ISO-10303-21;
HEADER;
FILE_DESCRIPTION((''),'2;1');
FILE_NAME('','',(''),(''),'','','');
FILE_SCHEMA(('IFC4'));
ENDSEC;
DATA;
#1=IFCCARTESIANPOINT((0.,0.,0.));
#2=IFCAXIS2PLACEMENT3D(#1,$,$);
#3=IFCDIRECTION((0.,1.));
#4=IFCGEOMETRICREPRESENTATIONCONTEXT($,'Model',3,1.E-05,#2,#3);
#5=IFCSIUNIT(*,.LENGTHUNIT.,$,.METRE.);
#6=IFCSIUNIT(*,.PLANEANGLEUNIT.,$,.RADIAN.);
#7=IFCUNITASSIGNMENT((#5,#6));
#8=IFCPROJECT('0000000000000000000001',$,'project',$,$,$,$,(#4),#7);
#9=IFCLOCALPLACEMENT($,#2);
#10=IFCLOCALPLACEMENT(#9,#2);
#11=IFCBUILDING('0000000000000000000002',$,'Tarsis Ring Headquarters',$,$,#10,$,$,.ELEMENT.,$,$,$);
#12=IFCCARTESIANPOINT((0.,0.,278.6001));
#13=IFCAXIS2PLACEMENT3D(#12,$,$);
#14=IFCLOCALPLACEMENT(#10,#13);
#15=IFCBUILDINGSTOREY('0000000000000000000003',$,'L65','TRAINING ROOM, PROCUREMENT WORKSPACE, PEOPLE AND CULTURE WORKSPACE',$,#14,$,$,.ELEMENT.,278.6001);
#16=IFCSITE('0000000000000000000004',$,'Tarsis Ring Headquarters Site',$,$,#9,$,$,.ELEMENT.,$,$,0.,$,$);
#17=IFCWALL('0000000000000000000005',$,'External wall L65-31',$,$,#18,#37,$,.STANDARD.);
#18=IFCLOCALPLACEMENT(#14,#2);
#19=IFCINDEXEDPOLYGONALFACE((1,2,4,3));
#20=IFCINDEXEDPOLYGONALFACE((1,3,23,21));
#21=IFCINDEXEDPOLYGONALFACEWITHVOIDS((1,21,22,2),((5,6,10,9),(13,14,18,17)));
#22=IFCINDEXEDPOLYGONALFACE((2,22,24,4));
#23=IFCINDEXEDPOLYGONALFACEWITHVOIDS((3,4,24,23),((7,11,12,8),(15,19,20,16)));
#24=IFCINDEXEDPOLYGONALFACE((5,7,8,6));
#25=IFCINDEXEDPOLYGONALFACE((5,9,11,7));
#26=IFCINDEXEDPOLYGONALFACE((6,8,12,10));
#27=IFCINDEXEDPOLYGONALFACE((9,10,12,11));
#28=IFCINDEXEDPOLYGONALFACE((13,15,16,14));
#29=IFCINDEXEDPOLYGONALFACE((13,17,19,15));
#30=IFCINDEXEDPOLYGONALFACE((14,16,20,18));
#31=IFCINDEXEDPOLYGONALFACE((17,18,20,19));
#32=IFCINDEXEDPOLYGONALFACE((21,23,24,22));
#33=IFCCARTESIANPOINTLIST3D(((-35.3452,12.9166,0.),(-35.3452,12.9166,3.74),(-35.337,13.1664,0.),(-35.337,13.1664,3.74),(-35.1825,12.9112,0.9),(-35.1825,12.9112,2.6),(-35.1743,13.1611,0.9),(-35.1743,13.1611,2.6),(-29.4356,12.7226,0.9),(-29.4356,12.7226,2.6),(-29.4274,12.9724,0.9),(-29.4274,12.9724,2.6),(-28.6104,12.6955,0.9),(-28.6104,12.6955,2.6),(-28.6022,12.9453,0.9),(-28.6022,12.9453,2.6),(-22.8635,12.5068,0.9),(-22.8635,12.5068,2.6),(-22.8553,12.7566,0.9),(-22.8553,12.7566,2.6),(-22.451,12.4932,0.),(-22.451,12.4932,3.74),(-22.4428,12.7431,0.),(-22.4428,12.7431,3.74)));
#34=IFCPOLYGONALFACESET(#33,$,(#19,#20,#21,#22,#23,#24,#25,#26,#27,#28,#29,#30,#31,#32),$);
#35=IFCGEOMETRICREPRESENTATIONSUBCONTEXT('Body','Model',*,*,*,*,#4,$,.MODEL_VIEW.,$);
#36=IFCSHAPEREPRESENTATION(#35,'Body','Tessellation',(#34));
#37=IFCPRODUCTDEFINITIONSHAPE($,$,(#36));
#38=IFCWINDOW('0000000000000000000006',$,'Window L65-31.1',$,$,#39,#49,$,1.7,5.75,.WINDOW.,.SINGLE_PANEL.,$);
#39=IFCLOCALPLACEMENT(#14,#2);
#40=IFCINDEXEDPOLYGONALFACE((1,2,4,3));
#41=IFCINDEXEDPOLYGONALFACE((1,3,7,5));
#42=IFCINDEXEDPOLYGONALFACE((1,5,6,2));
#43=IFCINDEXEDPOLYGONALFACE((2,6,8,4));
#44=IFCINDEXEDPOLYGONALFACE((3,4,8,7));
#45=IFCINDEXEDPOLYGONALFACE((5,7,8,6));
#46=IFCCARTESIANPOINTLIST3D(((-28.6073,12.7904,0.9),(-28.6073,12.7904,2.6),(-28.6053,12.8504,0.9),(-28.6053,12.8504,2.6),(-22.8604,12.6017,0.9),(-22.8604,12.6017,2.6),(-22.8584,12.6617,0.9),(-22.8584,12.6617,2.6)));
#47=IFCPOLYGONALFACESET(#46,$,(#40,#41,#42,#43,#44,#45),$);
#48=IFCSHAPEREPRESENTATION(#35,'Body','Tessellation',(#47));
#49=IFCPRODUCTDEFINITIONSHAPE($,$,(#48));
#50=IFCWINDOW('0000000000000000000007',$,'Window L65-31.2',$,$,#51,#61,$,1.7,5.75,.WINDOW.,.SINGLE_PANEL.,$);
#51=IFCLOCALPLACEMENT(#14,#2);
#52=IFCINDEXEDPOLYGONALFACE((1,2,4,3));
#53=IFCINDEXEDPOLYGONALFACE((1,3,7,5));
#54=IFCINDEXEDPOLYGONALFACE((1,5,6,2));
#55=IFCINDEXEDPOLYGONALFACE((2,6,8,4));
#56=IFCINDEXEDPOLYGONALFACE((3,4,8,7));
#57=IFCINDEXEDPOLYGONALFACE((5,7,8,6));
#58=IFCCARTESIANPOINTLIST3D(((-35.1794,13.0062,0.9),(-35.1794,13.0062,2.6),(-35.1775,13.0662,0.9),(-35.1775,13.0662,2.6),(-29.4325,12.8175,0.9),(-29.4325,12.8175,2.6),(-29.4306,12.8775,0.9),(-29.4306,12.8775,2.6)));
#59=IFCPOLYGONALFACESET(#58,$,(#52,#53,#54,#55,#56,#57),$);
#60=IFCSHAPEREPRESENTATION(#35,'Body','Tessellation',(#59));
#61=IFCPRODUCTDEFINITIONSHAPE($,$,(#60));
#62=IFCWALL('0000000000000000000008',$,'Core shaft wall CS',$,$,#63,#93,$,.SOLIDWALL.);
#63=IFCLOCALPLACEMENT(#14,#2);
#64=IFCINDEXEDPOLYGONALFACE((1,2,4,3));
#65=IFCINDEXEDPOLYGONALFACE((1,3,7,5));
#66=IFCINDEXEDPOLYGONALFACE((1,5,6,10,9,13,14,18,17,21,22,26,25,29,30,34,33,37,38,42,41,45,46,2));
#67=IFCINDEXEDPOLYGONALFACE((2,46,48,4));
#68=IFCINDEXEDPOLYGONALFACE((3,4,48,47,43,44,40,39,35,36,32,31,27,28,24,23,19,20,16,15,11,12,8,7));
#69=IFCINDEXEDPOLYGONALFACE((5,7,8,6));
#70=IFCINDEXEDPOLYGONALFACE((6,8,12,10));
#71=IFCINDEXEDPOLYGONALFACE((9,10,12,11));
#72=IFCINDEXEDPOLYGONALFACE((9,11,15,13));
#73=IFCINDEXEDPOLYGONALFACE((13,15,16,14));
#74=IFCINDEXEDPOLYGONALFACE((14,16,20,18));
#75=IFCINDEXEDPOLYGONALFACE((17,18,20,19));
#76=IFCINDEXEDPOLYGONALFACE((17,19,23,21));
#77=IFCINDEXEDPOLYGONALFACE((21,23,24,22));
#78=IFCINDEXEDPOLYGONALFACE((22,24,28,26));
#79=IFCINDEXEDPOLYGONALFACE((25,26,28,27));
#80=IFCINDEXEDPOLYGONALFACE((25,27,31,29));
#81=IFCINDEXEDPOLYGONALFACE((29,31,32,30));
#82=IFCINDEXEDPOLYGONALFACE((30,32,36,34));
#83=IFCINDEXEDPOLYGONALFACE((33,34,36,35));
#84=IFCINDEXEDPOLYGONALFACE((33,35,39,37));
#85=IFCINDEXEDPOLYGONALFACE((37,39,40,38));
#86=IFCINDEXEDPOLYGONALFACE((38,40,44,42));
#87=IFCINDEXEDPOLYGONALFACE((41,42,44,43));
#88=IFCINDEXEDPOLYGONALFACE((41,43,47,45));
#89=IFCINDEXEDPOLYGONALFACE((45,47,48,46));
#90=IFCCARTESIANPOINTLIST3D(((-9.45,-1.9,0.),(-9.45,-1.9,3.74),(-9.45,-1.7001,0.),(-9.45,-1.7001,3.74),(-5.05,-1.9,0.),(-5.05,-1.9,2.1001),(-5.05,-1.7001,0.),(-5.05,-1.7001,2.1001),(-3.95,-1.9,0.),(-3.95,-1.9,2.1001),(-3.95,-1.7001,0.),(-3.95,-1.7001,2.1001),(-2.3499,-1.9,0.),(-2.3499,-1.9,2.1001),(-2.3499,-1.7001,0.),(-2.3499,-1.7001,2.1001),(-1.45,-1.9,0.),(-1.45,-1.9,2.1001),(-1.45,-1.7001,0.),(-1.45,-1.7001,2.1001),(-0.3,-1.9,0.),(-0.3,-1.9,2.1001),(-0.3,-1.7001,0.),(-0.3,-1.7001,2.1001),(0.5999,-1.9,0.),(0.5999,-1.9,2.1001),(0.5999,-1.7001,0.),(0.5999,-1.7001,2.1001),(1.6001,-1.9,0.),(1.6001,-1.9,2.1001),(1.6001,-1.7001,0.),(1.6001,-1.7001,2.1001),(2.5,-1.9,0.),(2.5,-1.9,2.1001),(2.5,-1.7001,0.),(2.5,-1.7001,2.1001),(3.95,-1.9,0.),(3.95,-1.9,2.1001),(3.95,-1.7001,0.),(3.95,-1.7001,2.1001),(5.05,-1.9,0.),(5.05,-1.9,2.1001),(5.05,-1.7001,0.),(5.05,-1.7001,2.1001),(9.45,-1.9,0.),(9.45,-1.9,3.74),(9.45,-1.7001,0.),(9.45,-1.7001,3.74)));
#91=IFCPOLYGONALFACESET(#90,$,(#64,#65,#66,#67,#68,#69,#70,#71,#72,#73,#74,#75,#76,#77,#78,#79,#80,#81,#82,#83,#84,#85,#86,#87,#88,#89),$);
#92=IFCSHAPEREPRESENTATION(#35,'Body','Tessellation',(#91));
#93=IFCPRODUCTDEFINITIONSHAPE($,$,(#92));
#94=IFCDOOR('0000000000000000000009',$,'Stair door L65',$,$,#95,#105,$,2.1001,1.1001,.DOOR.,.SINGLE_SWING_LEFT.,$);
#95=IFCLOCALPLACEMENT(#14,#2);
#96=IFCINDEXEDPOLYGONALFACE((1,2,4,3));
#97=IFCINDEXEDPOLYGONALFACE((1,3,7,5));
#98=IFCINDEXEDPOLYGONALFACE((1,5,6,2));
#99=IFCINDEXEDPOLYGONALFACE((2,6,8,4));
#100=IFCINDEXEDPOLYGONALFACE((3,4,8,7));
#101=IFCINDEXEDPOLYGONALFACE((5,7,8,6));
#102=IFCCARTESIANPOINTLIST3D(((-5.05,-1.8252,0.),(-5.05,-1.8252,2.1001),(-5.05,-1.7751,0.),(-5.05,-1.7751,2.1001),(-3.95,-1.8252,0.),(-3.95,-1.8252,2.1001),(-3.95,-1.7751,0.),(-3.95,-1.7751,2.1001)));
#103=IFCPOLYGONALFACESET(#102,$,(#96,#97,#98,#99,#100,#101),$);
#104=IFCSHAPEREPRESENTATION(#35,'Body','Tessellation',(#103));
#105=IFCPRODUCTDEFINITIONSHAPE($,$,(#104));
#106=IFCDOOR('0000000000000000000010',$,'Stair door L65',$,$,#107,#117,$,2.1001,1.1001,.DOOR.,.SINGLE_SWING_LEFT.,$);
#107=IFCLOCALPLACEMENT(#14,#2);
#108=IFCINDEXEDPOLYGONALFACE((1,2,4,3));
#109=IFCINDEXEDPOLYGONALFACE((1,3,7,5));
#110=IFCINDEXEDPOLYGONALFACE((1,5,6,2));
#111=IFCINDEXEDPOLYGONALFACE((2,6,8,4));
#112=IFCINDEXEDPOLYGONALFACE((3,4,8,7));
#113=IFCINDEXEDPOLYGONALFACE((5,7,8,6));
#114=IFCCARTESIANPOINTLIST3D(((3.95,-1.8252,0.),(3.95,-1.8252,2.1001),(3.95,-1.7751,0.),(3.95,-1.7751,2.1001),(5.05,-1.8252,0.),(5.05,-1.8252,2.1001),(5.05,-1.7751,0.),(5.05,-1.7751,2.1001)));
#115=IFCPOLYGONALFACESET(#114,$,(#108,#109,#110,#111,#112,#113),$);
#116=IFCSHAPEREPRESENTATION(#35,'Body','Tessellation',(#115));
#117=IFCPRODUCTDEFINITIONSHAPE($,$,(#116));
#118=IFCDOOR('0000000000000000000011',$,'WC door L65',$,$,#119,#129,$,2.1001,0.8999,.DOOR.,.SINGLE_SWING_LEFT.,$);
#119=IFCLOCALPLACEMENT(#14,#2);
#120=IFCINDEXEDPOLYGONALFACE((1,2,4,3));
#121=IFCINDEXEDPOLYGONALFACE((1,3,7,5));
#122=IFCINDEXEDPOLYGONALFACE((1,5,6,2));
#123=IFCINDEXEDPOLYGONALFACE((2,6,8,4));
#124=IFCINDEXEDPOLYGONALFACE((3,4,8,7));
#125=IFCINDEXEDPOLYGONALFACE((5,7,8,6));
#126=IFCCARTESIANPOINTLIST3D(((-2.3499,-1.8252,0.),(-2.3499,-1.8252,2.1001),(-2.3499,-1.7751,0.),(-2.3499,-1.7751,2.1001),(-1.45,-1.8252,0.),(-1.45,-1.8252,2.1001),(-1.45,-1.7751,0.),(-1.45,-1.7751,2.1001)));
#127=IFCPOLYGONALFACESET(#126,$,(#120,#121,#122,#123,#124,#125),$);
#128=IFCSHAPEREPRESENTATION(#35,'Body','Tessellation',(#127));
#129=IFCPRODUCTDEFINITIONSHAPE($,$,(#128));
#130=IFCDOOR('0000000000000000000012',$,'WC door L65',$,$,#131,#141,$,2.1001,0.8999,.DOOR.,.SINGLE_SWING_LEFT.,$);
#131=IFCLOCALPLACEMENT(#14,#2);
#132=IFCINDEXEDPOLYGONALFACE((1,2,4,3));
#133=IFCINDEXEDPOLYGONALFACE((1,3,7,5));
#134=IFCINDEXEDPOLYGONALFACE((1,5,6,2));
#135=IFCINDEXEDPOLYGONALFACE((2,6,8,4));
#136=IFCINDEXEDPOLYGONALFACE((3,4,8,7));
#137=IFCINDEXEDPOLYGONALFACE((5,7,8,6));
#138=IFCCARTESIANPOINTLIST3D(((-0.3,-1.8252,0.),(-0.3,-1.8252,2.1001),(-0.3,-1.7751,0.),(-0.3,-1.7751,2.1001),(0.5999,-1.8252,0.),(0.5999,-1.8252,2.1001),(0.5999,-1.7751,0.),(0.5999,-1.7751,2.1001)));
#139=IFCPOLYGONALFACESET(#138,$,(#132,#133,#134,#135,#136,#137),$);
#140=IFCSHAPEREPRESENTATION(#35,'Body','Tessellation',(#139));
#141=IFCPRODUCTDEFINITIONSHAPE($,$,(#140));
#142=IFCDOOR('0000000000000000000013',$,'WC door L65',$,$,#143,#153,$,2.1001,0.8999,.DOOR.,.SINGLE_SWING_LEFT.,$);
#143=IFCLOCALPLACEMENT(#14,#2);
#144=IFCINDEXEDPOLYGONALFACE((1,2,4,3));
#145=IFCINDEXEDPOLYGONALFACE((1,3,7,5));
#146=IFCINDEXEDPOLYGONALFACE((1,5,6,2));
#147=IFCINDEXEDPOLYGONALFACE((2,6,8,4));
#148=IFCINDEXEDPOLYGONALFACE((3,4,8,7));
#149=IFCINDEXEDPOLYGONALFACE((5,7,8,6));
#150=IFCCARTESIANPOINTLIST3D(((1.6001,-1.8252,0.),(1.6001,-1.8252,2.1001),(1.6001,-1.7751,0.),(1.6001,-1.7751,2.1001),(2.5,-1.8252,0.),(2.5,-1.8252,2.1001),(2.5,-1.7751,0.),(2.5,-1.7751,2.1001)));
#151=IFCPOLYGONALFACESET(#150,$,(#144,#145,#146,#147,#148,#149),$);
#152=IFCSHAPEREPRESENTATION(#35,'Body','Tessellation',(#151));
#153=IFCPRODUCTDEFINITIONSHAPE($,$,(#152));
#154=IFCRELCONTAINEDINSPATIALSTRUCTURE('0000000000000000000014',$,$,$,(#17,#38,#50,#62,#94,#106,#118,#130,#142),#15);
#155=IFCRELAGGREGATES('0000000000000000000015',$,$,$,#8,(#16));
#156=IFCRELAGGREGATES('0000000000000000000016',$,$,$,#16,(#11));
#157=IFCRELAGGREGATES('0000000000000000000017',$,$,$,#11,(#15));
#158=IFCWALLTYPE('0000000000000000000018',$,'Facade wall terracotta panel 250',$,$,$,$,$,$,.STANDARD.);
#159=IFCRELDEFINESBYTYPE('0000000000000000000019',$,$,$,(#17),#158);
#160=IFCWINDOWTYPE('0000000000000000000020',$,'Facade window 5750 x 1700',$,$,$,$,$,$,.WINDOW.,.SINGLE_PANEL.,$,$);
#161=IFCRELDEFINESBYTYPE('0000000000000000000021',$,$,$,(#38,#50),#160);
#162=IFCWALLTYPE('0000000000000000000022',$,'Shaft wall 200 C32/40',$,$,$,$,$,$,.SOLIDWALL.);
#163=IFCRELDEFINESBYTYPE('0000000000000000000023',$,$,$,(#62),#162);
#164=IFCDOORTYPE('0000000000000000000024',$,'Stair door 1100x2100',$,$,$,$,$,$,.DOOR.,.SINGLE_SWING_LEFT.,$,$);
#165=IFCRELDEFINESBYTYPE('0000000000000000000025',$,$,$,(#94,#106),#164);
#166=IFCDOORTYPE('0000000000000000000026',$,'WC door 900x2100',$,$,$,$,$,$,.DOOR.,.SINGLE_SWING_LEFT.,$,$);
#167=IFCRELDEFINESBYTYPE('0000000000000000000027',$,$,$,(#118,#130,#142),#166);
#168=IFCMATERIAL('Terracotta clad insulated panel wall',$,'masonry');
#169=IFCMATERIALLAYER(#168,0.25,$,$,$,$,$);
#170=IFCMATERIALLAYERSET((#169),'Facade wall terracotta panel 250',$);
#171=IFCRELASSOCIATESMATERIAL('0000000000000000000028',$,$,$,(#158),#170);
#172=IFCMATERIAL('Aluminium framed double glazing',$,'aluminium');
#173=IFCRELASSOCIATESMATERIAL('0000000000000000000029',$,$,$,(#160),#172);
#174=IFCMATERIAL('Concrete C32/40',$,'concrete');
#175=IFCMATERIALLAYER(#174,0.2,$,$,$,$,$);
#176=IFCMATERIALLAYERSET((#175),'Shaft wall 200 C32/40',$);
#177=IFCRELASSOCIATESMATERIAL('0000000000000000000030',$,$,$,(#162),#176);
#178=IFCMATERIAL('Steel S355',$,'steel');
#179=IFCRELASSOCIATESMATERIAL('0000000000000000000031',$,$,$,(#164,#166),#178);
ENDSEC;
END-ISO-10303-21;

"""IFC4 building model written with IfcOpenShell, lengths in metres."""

from ifc_helpers import new_model, si_unit, direction, frame, frame_2d, origin, place, context, subcontext, project, spatial, rectangle, extrude, material, layer, layer_set, type_object, element, fill, save


model = new_model("IFC4")

# Units and contexts
model_context = context("Model", 3, precision=1e-05, world=origin(), true_north=direction((0.0, 1.0)))
body_context = subcontext(model_context, "Body", "Model", "MODEL_VIEW")
ifc_project = project(units=[si_unit("LENGTHUNIT", "METRE"), si_unit("PLANEANGLEUNIT", "RADIAN")], contexts=[model_context])

# Site, building, storey
site_placement = place(None, origin())
site = spatial("IfcSite", under=ifc_project, at=site_placement, Name="Tarsis Ring Headquarters Site", CompositionType="ELEMENT", RefElevation=0.0)
building_placement = place(site_placement, origin())
building = spatial("IfcBuilding", under=site, at=building_placement, Name="Tarsis Ring Headquarters", CompositionType="ELEMENT")
storey_placement = place(building_placement, frame((0.0, 0.0, 278.6001)))
storey = spatial("IfcBuildingStorey", under=building, at=storey_placement, Name="L65", Description="TRAINING ROOM, PROCUREMENT WORKSPACE, PEOPLE AND CULTURE WORKSPACE", CompositionType="ELEMENT", Elevation=278.6001)

# Wall, openings, windows
ifc_material_1 = material(Name="Terracotta clad insulated panel wall", Category="masonry")
ifc_layer_1 = layer(ifc_material_1, 0.25)
ifc_layer_set_1 = layer_set([ifc_layer_1], Name="Facade wall terracotta panel 250")
wall_type_1 = type_object("IfcWallType", Name="Facade wall terracotta panel 250", PredefinedType="STANDARD", material=ifc_layer_set_1)
wall_1_placement = place(storey_placement, frame((-22.4468, 12.6182, 0.0), z_axis=(0.0, 0.0, 1.0), x_axis=(-0.999461, 0.032814, 0.0)))
wall_1 = element("IfcWall", 1, at=wall_1_placement, inside=storey, type_object=wall_type_1, Name="External wall L65-31", PredefinedType="STANDARD", context=body_context, shape_type="SweptSolid", body=[
    extrude(rectangle(XDim=12.9011, YDim=0.25, at=frame_2d((6.4507, 0.0))), origin(), (0.0, 0.0, 1.0), 3.74),
])
opening_1_placement = place(wall_1_placement, frame((0.4128, 0.0, 0.8999)))
opening_1 = element("IfcOpeningElement", 2, at=opening_1_placement, cuts=wall_1, PredefinedType="OPENING", context=body_context, shape_type="SweptSolid", body=[
    extrude(rectangle(XDim=5.75, YDim=1.7, at=frame_2d((2.875, 0.8501))), frame((0.0, 0.135, 0.0), z_axis=(0.0, -1.0, 0.0), x_axis=(1.0, 0.0, 0.0)), (0.0, 0.0, 1.0), 0.27),
])
opening_2_placement = place(wall_1_placement, frame((6.9885, 0.0, 0.8999)))
opening_2 = element("IfcOpeningElement", 3, at=opening_2_placement, cuts=wall_1, PredefinedType="OPENING", context=body_context, shape_type="SweptSolid", body=[
    extrude(rectangle(XDim=5.75, YDim=1.7, at=frame_2d((2.875, 0.8501))), frame((0.0, 0.135, 0.0), z_axis=(0.0, -1.0, 0.0), x_axis=(1.0, 0.0, 0.0)), (0.0, 0.0, 1.0), 0.27),
])
ifc_material_2 = material(Name="Aluminium framed double glazing", Category="aluminium")
window_type = type_object("IfcWindowType", Name="Facade window 5750 x 1700", PartitioningType="SINGLE_PANEL", PredefinedType="WINDOW", material=ifc_material_2)
window_1_placement = place(opening_1_placement, origin())
window_1 = element("IfcWindow", 4, at=window_1_placement, inside=storey, type_object=window_type, Name="Window L65-31.1", OverallHeight=1.7, OverallWidth=5.75, PartitioningType="SINGLE_PANEL", PredefinedType="WINDOW", context=body_context, shape_type="SweptSolid", body=[
    extrude(rectangle(XDim=5.75, YDim=1.7, at=frame_2d((2.875, 0.8501))), frame((0.0, 0.03, 0.0), z_axis=(0.0, -1.0, 0.0), x_axis=(1.0, 0.0, 0.0)), (0.0, 0.0, 1.0), 0.0601),
])
fill(opening_1, window_1)
window_2_placement = place(opening_2_placement, origin())
window_2 = element("IfcWindow", 5, at=window_2_placement, inside=storey, type_object=window_type, Name="Window L65-31.2", OverallHeight=1.7, OverallWidth=5.75, PartitioningType="SINGLE_PANEL", PredefinedType="WINDOW", context=body_context, shape_type="SweptSolid", body=[
    extrude(rectangle(XDim=5.75, YDim=1.7, at=frame_2d((2.875, 0.8501))), frame((0.0, 0.03, 0.0), z_axis=(0.0, -1.0, 0.0), x_axis=(1.0, 0.0, 0.0)), (0.0, 0.0, 1.0), 0.0601),
])
fill(opening_2, window_2)

# Wall, openings, doors
ifc_material_3 = material(Name="Concrete C32/40", Category="concrete")
ifc_layer_2 = layer(ifc_material_3, 0.2)
ifc_layer_set_2 = layer_set([ifc_layer_2], Name="Shaft wall 200 C32/40")
wall_type_2 = type_object("IfcWallType", Name="Shaft wall 200 C32/40", PredefinedType="SOLIDWALL", material=ifc_layer_set_2)
wall_2_placement = place(storey_placement, frame((-9.45, -1.8, 0.0), z_axis=(0.0, 0.0, 1.0), x_axis=(1.0, 0.0, 0.0)))
wall_2 = element("IfcWall", 6, at=wall_2_placement, inside=storey, type_object=wall_type_2, Name="Core shaft wall CS", PredefinedType="SOLIDWALL", context=body_context, shape_type="SweptSolid", body=[
    extrude(rectangle(XDim=18.8999, YDim=0.2, at=frame_2d((9.45, 0.0))), origin(), (0.0, 0.0, 1.0), 3.74),
])
opening_3_placement = place(wall_2_placement, frame((4.3999, 0.0, 0.0)))
opening_3 = element("IfcOpeningElement", 7, at=opening_3_placement, cuts=wall_2, PredefinedType="OPENING", context=body_context, shape_type="SweptSolid", body=[
    extrude(rectangle(XDim=1.1001, YDim=2.1001, at=frame_2d((0.55, 1.05))), frame((0.0, 0.1099, 0.0), z_axis=(0.0, -1.0, 0.0), x_axis=(1.0, 0.0, 0.0)), (0.0, 0.0, 1.0), 0.22),
])
opening_4_placement = place(wall_2_placement, frame((7.1001, 0.0, 0.0)))
opening_4 = element("IfcOpeningElement", 8, at=opening_4_placement, cuts=wall_2, PredefinedType="OPENING", context=body_context, shape_type="SweptSolid", body=[
    extrude(rectangle(XDim=0.8999, YDim=2.1001, at=frame_2d((0.45, 1.05))), frame((0.0, 0.1099, 0.0), z_axis=(0.0, -1.0, 0.0), x_axis=(1.0, 0.0, 0.0)), (0.0, 0.0, 1.0), 0.22),
])
opening_5_placement = place(wall_2_placement, frame((9.1499, 0.0, 0.0)))
opening_5 = element("IfcOpeningElement", 9, at=opening_5_placement, cuts=wall_2, PredefinedType="OPENING", context=body_context, shape_type="SweptSolid", body=[
    extrude(rectangle(XDim=0.8999, YDim=2.1001, at=frame_2d((0.45, 1.05))), frame((0.0, 0.1099, 0.0), z_axis=(0.0, -1.0, 0.0), x_axis=(1.0, 0.0, 0.0)), (0.0, 0.0, 1.0), 0.22),
])
opening_6_placement = place(wall_2_placement, frame((11.05, 0.0, 0.0)))
opening_6 = element("IfcOpeningElement", 10, at=opening_6_placement, cuts=wall_2, PredefinedType="OPENING", context=body_context, shape_type="SweptSolid", body=[
    extrude(rectangle(XDim=0.8999, YDim=2.1001, at=frame_2d((0.45, 1.05))), frame((0.0, 0.1099, 0.0), z_axis=(0.0, -1.0, 0.0), x_axis=(1.0, 0.0, 0.0)), (0.0, 0.0, 1.0), 0.22),
])
opening_7_placement = place(wall_2_placement, frame((13.3999, 0.0, 0.0)))
opening_7 = element("IfcOpeningElement", 11, at=opening_7_placement, cuts=wall_2, PredefinedType="OPENING", context=body_context, shape_type="SweptSolid", body=[
    extrude(rectangle(XDim=1.1001, YDim=2.1001, at=frame_2d((0.55, 1.05))), frame((0.0, 0.1099, 0.0), z_axis=(0.0, -1.0, 0.0), x_axis=(1.0, 0.0, 0.0)), (0.0, 0.0, 1.0), 0.22),
])
ifc_material_4 = material(Name="Steel S355", Category="steel")
door_type_1 = type_object("IfcDoorType", Name="Stair door 1100x2100", OperationType="SINGLE_SWING_LEFT", PredefinedType="DOOR", material=ifc_material_4)
door_1_placement = place(opening_3_placement, origin())
door_1 = element("IfcDoor", 12, at=door_1_placement, inside=storey, type_object=door_type_1, Name="Stair door L65", OperationType="SINGLE_SWING_LEFT", OverallHeight=2.1001, OverallWidth=1.1001, PredefinedType="DOOR", context=body_context, shape_type="SweptSolid", body=[
    extrude(rectangle(XDim=1.1001, YDim=2.1001, at=frame_2d((0.55, 1.05))), frame((0.0, 0.0249, 0.0), z_axis=(0.0, -1.0, 0.0), x_axis=(1.0, 0.0, 0.0)), (0.0, 0.0, 1.0), 0.05),
])
fill(opening_3, door_1)
door_2_placement = place(opening_7_placement, origin())
door_2 = element("IfcDoor", 13, at=door_2_placement, inside=storey, type_object=door_type_1, Name="Stair door L65", OperationType="SINGLE_SWING_LEFT", OverallHeight=2.1001, OverallWidth=1.1001, PredefinedType="DOOR", context=body_context, shape_type="SweptSolid", body=[
    extrude(rectangle(XDim=1.1001, YDim=2.1001, at=frame_2d((0.55, 1.05))), frame((0.0, 0.0249, 0.0), z_axis=(0.0, -1.0, 0.0), x_axis=(1.0, 0.0, 0.0)), (0.0, 0.0, 1.0), 0.05),
])
fill(opening_7, door_2)
door_type_2 = type_object("IfcDoorType", Name="WC door 900x2100", OperationType="SINGLE_SWING_LEFT", PredefinedType="DOOR", material=ifc_material_4)
door_3_placement = place(opening_4_placement, origin())
door_3 = element("IfcDoor", 14, at=door_3_placement, inside=storey, type_object=door_type_2, Name="WC door L65", OperationType="SINGLE_SWING_LEFT", OverallHeight=2.1001, OverallWidth=0.8999, PredefinedType="DOOR", context=body_context, shape_type="SweptSolid", body=[
    extrude(rectangle(XDim=0.8999, YDim=2.1001, at=frame_2d((0.45, 1.05))), frame((0.0, 0.0249, 0.0), z_axis=(0.0, -1.0, 0.0), x_axis=(1.0, 0.0, 0.0)), (0.0, 0.0, 1.0), 0.05),
])
fill(opening_4, door_3)
door_4_placement = place(opening_5_placement, origin())
door_4 = element("IfcDoor", 15, at=door_4_placement, inside=storey, type_object=door_type_2, Name="WC door L65", OperationType="SINGLE_SWING_LEFT", OverallHeight=2.1001, OverallWidth=0.8999, PredefinedType="DOOR", context=body_context, shape_type="SweptSolid", body=[
    extrude(rectangle(XDim=0.8999, YDim=2.1001, at=frame_2d((0.45, 1.05))), frame((0.0, 0.0249, 0.0), z_axis=(0.0, -1.0, 0.0), x_axis=(1.0, 0.0, 0.0)), (0.0, 0.0, 1.0), 0.05),
])
fill(opening_5, door_4)
door_5_placement = place(opening_6_placement, origin())
door_5 = element("IfcDoor", 16, at=door_5_placement, inside=storey, type_object=door_type_2, Name="WC door L65", OperationType="SINGLE_SWING_LEFT", OverallHeight=2.1001, OverallWidth=0.8999, PredefinedType="DOOR", context=body_context, shape_type="SweptSolid", body=[
    extrude(rectangle(XDim=0.8999, YDim=2.1001, at=frame_2d((0.45, 1.05))), frame((0.0, 0.0249, 0.0), z_axis=(0.0, -1.0, 0.0), x_axis=(1.0, 0.0, 0.0)), (0.0, 0.0, 1.0), 0.05),
])
fill(opening_6, door_5)

save(model, "model.ifc")
